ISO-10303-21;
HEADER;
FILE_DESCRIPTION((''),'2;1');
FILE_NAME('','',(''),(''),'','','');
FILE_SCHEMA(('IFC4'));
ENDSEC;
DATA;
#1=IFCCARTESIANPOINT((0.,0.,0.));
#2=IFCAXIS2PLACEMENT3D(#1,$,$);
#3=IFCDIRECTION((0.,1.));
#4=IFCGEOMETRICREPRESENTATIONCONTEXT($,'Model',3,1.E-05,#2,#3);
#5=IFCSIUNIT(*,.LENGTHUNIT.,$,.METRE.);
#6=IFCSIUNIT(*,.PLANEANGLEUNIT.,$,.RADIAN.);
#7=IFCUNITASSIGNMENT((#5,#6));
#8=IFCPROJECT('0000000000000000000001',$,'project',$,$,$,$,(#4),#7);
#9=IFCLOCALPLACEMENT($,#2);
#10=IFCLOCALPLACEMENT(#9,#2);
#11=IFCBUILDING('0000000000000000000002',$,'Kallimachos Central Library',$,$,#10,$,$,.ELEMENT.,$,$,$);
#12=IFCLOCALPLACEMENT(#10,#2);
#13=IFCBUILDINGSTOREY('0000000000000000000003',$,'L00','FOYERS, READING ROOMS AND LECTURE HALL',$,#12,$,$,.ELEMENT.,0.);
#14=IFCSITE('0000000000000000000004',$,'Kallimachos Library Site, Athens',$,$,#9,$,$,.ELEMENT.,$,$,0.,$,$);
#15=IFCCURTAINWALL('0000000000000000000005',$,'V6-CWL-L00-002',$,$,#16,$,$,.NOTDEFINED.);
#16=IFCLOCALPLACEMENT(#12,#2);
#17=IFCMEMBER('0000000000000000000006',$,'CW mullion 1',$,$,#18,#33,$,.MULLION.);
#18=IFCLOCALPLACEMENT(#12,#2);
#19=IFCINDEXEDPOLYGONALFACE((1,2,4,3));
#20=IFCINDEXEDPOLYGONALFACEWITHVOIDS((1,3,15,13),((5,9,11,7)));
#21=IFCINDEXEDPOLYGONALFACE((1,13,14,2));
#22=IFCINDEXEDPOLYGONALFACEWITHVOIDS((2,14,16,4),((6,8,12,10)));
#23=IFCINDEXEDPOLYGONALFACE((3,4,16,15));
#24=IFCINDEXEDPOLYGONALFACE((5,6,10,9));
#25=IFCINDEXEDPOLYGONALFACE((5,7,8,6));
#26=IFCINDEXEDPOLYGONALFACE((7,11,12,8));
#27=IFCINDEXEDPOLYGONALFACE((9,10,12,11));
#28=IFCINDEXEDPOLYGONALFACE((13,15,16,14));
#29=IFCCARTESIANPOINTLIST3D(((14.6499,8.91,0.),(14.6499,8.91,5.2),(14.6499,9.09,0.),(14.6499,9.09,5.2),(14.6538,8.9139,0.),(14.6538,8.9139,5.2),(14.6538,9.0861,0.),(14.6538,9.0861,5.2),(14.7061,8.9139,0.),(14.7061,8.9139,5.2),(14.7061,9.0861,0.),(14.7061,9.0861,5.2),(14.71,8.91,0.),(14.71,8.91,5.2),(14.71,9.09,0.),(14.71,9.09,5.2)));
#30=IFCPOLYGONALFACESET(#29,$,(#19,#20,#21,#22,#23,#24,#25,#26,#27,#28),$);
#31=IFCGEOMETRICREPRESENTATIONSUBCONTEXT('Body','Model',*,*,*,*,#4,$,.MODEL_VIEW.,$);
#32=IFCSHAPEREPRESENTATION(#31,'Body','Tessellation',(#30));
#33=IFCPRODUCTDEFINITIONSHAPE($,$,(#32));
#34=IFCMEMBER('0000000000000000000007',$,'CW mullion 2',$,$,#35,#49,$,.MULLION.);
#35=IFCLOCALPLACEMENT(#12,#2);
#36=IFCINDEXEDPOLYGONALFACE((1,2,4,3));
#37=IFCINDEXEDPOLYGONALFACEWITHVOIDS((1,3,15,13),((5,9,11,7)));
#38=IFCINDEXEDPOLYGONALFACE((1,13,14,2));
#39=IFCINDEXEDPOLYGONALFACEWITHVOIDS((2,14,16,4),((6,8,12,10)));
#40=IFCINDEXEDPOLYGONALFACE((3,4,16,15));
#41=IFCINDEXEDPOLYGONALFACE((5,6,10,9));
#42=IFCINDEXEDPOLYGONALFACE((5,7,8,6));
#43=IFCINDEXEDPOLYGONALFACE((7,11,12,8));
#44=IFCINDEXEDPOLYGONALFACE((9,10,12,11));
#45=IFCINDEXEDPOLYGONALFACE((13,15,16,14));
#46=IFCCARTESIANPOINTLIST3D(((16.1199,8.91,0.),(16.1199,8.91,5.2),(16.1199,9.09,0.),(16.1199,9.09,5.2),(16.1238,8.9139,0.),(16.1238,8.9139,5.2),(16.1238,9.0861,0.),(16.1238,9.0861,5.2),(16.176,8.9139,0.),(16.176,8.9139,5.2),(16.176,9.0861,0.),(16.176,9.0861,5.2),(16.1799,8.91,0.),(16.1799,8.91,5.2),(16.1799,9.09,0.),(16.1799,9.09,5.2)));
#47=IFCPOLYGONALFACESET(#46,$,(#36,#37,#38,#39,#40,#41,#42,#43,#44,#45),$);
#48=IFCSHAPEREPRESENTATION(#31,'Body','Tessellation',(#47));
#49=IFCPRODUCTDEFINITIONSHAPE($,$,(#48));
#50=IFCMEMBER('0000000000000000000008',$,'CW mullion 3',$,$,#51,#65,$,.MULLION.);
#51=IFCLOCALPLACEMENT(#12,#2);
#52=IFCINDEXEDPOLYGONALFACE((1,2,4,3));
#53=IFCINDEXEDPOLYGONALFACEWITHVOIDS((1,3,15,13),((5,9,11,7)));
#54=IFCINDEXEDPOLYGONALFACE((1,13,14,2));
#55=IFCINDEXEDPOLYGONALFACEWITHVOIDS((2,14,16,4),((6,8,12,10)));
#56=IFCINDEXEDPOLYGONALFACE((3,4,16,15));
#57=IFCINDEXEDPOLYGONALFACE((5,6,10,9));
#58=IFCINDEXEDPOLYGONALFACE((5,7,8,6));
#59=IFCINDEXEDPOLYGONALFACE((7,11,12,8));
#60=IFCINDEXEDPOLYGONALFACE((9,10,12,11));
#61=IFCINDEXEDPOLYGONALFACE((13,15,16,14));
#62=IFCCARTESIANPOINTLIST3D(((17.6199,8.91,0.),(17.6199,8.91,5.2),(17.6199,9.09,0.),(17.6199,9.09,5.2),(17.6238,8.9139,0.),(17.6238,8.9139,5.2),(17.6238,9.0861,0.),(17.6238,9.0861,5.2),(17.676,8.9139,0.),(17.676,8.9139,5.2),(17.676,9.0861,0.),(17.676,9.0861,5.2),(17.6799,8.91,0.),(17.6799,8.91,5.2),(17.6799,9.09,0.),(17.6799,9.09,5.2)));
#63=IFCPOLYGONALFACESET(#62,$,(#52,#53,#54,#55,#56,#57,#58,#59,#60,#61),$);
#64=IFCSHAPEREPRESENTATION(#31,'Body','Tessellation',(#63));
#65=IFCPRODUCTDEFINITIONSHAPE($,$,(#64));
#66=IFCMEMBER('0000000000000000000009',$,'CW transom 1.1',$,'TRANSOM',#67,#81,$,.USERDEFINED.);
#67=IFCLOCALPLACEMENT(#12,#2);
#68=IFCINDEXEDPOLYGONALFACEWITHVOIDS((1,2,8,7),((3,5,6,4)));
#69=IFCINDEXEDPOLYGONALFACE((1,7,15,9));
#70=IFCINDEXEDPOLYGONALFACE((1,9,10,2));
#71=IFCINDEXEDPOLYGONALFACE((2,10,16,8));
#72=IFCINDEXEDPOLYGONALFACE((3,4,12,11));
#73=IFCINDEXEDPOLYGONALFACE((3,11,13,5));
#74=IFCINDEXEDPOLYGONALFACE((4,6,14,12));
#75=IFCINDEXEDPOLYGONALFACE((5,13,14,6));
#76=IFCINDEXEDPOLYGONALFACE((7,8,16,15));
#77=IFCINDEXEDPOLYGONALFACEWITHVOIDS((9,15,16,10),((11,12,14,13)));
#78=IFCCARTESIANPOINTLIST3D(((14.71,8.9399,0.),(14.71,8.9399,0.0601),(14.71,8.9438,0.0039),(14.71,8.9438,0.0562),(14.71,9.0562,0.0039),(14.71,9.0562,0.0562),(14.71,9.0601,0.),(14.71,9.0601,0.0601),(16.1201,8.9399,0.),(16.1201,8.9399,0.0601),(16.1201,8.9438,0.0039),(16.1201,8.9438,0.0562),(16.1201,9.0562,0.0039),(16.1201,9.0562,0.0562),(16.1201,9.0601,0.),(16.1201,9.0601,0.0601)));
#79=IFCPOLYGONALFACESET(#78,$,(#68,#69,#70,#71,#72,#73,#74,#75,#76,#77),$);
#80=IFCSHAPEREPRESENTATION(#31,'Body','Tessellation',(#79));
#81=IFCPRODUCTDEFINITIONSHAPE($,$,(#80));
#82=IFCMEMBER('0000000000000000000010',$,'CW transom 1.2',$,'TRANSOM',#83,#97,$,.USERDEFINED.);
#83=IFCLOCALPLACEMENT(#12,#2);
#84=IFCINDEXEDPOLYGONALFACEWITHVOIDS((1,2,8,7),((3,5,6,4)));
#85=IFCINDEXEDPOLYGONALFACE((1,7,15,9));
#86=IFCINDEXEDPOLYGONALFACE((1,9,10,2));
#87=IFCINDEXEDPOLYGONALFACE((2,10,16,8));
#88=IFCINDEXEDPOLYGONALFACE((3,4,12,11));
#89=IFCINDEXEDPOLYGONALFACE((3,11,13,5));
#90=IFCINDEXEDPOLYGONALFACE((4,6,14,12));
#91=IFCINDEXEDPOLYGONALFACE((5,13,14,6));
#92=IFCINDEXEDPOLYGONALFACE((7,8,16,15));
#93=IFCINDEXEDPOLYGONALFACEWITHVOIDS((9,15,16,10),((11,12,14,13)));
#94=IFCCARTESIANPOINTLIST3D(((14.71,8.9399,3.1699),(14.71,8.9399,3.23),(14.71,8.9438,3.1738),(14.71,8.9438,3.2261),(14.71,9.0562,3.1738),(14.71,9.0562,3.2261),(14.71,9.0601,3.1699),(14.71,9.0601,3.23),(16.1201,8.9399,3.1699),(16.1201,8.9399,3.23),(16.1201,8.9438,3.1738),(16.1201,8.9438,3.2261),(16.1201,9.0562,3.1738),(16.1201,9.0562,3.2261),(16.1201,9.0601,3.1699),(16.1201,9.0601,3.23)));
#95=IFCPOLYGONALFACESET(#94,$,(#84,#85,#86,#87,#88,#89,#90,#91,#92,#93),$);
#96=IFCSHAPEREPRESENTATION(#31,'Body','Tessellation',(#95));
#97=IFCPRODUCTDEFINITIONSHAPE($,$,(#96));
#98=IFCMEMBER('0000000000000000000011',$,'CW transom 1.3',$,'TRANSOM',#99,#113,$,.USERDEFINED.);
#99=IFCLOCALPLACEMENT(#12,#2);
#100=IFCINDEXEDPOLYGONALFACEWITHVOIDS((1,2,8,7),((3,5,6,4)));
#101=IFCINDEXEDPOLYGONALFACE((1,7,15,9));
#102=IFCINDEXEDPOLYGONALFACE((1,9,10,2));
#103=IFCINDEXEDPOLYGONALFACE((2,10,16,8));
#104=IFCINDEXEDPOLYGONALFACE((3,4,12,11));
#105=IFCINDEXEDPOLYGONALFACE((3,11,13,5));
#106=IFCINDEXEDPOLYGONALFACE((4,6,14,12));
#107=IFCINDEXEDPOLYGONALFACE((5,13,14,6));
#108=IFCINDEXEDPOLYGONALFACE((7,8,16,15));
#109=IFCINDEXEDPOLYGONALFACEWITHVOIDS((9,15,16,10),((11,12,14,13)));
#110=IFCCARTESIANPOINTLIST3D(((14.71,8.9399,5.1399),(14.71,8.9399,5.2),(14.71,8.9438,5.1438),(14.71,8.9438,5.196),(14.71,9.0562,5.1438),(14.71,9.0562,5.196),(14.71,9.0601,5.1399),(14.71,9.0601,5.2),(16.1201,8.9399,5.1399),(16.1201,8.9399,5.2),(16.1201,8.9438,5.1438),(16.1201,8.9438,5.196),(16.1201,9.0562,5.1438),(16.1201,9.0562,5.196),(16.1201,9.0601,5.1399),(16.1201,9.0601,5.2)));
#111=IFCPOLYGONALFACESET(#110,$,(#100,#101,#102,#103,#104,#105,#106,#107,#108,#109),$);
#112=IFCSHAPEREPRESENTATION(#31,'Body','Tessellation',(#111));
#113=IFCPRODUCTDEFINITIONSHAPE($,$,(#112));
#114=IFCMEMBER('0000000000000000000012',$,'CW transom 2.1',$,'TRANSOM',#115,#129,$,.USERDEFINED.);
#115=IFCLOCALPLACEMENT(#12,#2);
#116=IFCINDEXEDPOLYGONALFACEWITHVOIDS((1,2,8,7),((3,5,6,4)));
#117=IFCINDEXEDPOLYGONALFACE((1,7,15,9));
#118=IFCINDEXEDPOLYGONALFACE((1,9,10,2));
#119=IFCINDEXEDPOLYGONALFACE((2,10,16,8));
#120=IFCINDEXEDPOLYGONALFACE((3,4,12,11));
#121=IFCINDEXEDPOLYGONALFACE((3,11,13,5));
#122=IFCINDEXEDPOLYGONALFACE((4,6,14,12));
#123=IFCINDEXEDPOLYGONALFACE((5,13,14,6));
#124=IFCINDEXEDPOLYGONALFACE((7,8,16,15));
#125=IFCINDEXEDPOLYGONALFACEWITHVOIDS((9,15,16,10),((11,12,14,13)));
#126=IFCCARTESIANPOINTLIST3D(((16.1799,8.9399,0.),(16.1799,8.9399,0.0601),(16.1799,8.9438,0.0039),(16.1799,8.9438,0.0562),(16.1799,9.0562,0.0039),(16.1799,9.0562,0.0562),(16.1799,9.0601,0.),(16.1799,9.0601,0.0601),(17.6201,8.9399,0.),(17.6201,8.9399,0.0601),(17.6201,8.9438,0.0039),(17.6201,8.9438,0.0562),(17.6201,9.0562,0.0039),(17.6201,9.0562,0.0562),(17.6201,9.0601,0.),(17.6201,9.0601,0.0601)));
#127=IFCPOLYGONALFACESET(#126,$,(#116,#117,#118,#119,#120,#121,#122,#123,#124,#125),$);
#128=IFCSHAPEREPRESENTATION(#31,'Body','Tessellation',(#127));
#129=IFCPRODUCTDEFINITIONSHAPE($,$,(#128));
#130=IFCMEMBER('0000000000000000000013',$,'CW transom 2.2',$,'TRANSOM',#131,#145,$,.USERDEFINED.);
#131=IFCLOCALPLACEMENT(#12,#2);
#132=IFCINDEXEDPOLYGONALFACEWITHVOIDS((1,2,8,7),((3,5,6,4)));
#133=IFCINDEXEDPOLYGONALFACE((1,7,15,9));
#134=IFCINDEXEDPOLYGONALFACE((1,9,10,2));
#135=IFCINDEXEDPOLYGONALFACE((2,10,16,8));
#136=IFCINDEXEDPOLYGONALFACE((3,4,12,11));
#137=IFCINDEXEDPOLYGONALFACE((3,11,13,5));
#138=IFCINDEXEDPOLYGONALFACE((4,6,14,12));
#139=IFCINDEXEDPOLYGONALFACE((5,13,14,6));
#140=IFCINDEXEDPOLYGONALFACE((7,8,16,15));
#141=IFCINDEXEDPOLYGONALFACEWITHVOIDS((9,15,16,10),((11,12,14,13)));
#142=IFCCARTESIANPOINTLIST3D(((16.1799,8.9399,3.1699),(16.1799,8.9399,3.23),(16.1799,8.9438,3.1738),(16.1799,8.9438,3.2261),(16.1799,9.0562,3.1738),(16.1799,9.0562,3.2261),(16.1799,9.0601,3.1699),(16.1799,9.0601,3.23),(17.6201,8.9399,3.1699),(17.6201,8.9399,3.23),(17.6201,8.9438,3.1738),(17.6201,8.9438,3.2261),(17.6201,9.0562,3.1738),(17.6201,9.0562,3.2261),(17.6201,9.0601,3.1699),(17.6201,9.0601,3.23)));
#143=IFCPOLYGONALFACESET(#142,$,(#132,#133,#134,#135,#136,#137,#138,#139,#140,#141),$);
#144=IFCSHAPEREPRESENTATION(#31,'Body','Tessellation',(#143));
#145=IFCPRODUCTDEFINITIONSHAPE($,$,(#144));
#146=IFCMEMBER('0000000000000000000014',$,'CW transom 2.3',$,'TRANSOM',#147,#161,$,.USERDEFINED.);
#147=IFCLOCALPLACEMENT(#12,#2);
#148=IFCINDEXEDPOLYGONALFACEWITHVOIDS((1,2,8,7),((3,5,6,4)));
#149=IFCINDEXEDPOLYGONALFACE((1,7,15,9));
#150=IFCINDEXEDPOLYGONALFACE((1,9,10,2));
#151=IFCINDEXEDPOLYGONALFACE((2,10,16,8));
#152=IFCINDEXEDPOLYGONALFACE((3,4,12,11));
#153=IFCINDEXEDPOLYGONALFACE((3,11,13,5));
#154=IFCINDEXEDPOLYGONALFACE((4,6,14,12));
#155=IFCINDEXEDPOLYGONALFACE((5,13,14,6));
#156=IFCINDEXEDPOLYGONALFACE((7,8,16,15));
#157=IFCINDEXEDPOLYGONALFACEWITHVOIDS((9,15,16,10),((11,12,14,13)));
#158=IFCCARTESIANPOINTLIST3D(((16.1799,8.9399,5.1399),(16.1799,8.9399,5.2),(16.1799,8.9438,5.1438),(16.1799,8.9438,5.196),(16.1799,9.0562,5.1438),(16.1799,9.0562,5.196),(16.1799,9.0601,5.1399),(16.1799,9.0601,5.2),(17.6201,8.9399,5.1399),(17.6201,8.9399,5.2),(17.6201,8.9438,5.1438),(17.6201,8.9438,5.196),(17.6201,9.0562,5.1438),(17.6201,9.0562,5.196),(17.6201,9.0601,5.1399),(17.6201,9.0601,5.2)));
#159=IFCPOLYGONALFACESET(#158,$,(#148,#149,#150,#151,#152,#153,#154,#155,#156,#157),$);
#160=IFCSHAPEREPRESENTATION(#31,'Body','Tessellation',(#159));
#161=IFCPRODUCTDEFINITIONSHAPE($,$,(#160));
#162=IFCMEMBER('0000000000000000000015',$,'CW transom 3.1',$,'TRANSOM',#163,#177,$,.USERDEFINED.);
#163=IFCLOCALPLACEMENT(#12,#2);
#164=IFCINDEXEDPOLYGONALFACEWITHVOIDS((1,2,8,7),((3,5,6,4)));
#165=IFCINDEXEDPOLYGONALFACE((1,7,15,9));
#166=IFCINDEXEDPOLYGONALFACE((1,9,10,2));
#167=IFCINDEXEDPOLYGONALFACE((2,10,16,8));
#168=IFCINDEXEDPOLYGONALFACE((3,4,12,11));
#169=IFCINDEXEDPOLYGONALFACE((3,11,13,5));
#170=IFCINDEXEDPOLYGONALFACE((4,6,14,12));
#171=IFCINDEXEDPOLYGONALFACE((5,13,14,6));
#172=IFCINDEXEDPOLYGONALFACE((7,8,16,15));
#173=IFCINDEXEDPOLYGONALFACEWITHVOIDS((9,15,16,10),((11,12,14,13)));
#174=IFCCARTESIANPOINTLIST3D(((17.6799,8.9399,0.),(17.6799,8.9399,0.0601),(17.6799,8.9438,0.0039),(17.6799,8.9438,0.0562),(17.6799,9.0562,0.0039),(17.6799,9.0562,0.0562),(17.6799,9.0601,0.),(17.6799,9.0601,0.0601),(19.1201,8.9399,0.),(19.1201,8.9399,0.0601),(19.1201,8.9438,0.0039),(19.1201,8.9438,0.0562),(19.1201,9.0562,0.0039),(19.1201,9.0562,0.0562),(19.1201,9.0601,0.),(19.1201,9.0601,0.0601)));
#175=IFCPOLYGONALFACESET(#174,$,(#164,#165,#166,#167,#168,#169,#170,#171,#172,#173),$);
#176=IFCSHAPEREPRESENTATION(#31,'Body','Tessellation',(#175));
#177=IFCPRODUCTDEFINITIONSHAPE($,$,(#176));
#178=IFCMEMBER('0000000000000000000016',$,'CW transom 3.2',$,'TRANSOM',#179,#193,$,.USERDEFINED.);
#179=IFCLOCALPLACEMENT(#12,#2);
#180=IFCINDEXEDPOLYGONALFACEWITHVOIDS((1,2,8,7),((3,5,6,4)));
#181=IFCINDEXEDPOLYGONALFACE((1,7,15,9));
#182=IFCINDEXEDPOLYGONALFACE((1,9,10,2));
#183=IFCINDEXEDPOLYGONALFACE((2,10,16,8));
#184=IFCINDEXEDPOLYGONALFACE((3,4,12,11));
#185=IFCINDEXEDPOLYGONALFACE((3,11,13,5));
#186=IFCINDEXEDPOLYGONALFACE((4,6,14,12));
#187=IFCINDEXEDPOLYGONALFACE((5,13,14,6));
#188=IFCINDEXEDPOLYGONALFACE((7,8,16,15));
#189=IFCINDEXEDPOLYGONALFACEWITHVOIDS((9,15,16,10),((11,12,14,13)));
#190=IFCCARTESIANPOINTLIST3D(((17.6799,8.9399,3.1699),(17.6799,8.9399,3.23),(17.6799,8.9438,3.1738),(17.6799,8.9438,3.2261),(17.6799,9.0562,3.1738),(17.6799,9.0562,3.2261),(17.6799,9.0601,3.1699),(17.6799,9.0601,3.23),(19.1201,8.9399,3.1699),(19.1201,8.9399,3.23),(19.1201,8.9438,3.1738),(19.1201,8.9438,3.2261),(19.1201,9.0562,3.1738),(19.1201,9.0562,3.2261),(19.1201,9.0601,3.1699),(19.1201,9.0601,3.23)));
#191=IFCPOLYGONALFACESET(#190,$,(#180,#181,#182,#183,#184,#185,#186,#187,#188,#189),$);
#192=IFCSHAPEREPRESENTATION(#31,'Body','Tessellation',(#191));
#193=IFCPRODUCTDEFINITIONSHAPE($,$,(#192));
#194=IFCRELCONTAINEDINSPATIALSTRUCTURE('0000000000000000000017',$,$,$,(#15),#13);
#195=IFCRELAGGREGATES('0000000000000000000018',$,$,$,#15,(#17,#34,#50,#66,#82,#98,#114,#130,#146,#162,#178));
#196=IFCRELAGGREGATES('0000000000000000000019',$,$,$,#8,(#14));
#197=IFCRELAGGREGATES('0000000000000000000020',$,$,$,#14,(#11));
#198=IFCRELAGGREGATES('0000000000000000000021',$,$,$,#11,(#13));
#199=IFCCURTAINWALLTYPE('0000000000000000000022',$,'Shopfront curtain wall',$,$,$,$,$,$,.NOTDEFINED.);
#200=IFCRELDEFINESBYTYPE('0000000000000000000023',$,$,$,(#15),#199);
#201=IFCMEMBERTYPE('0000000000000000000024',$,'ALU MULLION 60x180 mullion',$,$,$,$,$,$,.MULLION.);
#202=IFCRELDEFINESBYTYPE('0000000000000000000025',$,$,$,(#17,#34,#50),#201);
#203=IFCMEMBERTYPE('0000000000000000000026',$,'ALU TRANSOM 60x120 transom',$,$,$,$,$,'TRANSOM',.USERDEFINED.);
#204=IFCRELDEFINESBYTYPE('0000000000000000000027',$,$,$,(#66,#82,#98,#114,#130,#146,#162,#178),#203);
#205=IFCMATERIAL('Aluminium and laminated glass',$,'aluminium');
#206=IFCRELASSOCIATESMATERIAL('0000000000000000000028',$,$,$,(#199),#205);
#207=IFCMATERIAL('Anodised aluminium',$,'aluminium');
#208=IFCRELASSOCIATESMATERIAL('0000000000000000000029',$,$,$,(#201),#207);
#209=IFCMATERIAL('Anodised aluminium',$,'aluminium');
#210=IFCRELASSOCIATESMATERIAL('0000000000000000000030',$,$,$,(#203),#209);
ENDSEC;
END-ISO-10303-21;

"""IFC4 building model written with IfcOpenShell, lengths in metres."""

from ifc_helpers import new_model, si_unit, direction, frame, origin, origin_2d, place, context, subcontext, project, spatial, hollow_rectangle, extrude, material, material_profile, profile_set, type_object, element, aggregate, save


model = new_model("IFC4")

# Units and contexts
model_context = context("Model", 3, precision=1e-05, world=origin(), true_north=direction((0.0, 1.0)))
body_context = subcontext(model_context, "Body", "Model", "MODEL_VIEW")
ifc_project = project(units=[si_unit("LENGTHUNIT", "METRE"), si_unit("PLANEANGLEUNIT", "RADIAN")], contexts=[model_context])

# Site, building, storey
site_placement = place(None, origin())
site = spatial("IfcSite", under=ifc_project, at=site_placement, Name="Kallimachos Library Site, Athens", CompositionType="ELEMENT", RefElevation=0.0)
building_placement = place(site_placement, origin())
building = spatial("IfcBuilding", under=site, at=building_placement, Name="Kallimachos Central Library", CompositionType="ELEMENT")
storey_placement = place(building_placement, origin())
storey = spatial("IfcBuildingStorey", under=building, at=storey_placement, Name="L00", Description="FOYERS, READING ROOMS AND LECTURE HALL", CompositionType="ELEMENT", Elevation=0.0)

# Curtain wall, members
ifc_material_1 = material(Name="Aluminium and laminated glass", Category="aluminium")
curtain_wall_type = type_object("IfcCurtainWallType", Name="Shopfront curtain wall", PredefinedType="NOTDEFINED", material=ifc_material_1)
curtain_wall_placement = place(storey_placement, origin())
curtain_wall = element("IfcCurtainWall", 1, at=curtain_wall_placement, inside=storey, type_object=curtain_wall_type, Name="V6-CWL-L00-002", PredefinedType="NOTDEFINED")
ifc_material_2 = material(Name="Anodised aluminium", Category="aluminium")
ifc_material_profile_1 = material_profile(ifc_material_2, hollow_rectangle(XDim=0.0601, YDim=0.1799, WallThickness=0.0039, at=origin_2d()), Name="ALU MULLION 60x180")
ifc_profile_set_1 = profile_set([ifc_material_profile_1], Name="Anodised aluminium")
member_type_1 = type_object("IfcMemberType", Name="ALU MULLION 60x180 mullion", PredefinedType="MULLION", material=ifc_profile_set_1)
member_1_placement = place(storey_placement, frame((14.6799, 9.0, 0.0), z_axis=(0.0, 0.0, 1.0), x_axis=(1.0, 0.0, 0.0)))
member_1 = element("IfcMember", 2, at=member_1_placement, type_object=member_type_1, Name="CW mullion 1", PredefinedType="MULLION", context=body_context, shape_type="SweptSolid", body=[
    extrude(hollow_rectangle(XDim=0.0601, YDim=0.1799, WallThickness=0.0039, at=origin_2d()), origin(), (0.0, 0.0, 1.0), 5.2),
])
member_2_placement = place(storey_placement, frame((16.1499, 9.0, 0.0), z_axis=(0.0, 0.0, 1.0), x_axis=(1.0, 0.0, 0.0)))
member_2 = element("IfcMember", 3, at=member_2_placement, type_object=member_type_1, Name="CW mullion 2", PredefinedType="MULLION", context=body_context, shape_type="SweptSolid", body=[
    extrude(hollow_rectangle(XDim=0.0601, YDim=0.1799, WallThickness=0.0039, at=origin_2d()), origin(), (0.0, 0.0, 1.0), 5.2),
])
member_3_placement = place(storey_placement, frame((17.6499, 9.0, 0.0), z_axis=(0.0, 0.0, 1.0), x_axis=(1.0, 0.0, 0.0)))
member_3 = element("IfcMember", 4, at=member_3_placement, type_object=member_type_1, Name="CW mullion 3", PredefinedType="MULLION", context=body_context, shape_type="SweptSolid", body=[
    extrude(hollow_rectangle(XDim=0.0601, YDim=0.1799, WallThickness=0.0039, at=origin_2d()), origin(), (0.0, 0.0, 1.0), 5.2),
])
ifc_material_3 = material(Name="Anodised aluminium", Category="aluminium")
ifc_material_profile_2 = material_profile(ifc_material_3, hollow_rectangle(XDim=0.0601, YDim=0.1201, WallThickness=0.0039, at=origin_2d()), Name="ALU TRANSOM 60x120")
ifc_profile_set_2 = profile_set([ifc_material_profile_2], Name="Anodised aluminium")
member_type_2 = type_object("IfcMemberType", Name="ALU TRANSOM 60x120 transom", ElementType="TRANSOM", PredefinedType="USERDEFINED", material=ifc_profile_set_2)
member_4_placement = place(storey_placement, frame((14.71, 9.0, 0.03), z_axis=(1.0, 0.0, 0.0), x_axis=(0.0, 0.0, 1.0)))
member_4 = element("IfcMember", 5, at=member_4_placement, type_object=member_type_2, Name="CW transom 1.1", ObjectType="TRANSOM", PredefinedType="USERDEFINED", context=body_context, shape_type="SweptSolid", body=[
    extrude(hollow_rectangle(XDim=0.0601, YDim=0.1201, WallThickness=0.0039, at=origin_2d()), origin(), (0.0, 0.0, 1.0), 1.4102),
])
member_5_placement = place(storey_placement, frame((14.71, 9.0, 3.2), z_axis=(1.0, 0.0, 0.0), x_axis=(0.0, 0.0, 1.0)))
member_5 = element("IfcMember", 6, at=member_5_placement, type_object=member_type_2, Name="CW transom 1.2", ObjectType="TRANSOM", PredefinedType="USERDEFINED", context=body_context, shape_type="SweptSolid", body=[
    extrude(hollow_rectangle(XDim=0.0601, YDim=0.1201, WallThickness=0.0039, at=origin_2d()), origin(), (0.0, 0.0, 1.0), 1.4102),
])
member_6_placement = place(storey_placement, frame((14.71, 9.0, 5.1699), z_axis=(1.0, 0.0, 0.0), x_axis=(0.0, 0.0, 1.0)))
member_6 = element("IfcMember", 7, at=member_6_placement, type_object=member_type_2, Name="CW transom 1.3", ObjectType="TRANSOM", PredefinedType="USERDEFINED", context=body_context, shape_type="SweptSolid", body=[
    extrude(hollow_rectangle(XDim=0.0601, YDim=0.1201, WallThickness=0.0039, at=origin_2d()), origin(), (0.0, 0.0, 1.0), 1.4102),
])
member_7_placement = place(storey_placement, frame((16.1799, 9.0, 0.03), z_axis=(1.0, 0.0, 0.0), x_axis=(0.0, 0.0, 1.0)))
member_7 = element("IfcMember", 8, at=member_7_placement, type_object=member_type_2, Name="CW transom 2.1", ObjectType="TRANSOM", PredefinedType="USERDEFINED", context=body_context, shape_type="SweptSolid", body=[
    extrude(hollow_rectangle(XDim=0.0601, YDim=0.1201, WallThickness=0.0039, at=origin_2d()), origin(), (0.0, 0.0, 1.0), 1.4402),
])
member_8_placement = place(storey_placement, frame((16.1799, 9.0, 3.2), z_axis=(1.0, 0.0, 0.0), x_axis=(0.0, 0.0, 1.0)))
member_8 = element("IfcMember", 9, at=member_8_placement, type_object=member_type_2, Name="CW transom 2.2", ObjectType="TRANSOM", PredefinedType="USERDEFINED", context=body_context, shape_type="SweptSolid", body=[
    extrude(hollow_rectangle(XDim=0.0601, YDim=0.1201, WallThickness=0.0039, at=origin_2d()), origin(), (0.0, 0.0, 1.0), 1.4402),
])
member_9_placement = place(storey_placement, frame((16.1799, 9.0, 5.1699), z_axis=(1.0, 0.0, 0.0), x_axis=(0.0, 0.0, 1.0)))
member_9 = element("IfcMember", 10, at=member_9_placement, type_object=member_type_2, Name="CW transom 2.3", ObjectType="TRANSOM", PredefinedType="USERDEFINED", context=body_context, shape_type="SweptSolid", body=[
    extrude(hollow_rectangle(XDim=0.0601, YDim=0.1201, WallThickness=0.0039, at=origin_2d()), origin(), (0.0, 0.0, 1.0), 1.4402),
])
member_10_placement = place(storey_placement, frame((17.6799, 9.0, 0.03), z_axis=(1.0, 0.0, 0.0), x_axis=(0.0, 0.0, 1.0)))
member_10 = element("IfcMember", 11, at=member_10_placement, type_object=member_type_2, Name="CW transom 3.1", ObjectType="TRANSOM", PredefinedType="USERDEFINED", context=body_context, shape_type="SweptSolid", body=[
    extrude(hollow_rectangle(XDim=0.0601, YDim=0.1201, WallThickness=0.0039, at=origin_2d()), origin(), (0.0, 0.0, 1.0), 1.4402),
])
member_11_placement = place(storey_placement, frame((17.6799, 9.0, 3.2), z_axis=(1.0, 0.0, 0.0), x_axis=(0.0, 0.0, 1.0)))
member_11 = element("IfcMember", 12, at=member_11_placement, type_object=member_type_2, Name="CW transom 3.2", ObjectType="TRANSOM", PredefinedType="USERDEFINED", context=body_context, shape_type="SweptSolid", body=[
    extrude(hollow_rectangle(XDim=0.0601, YDim=0.1201, WallThickness=0.0039, at=origin_2d()), origin(), (0.0, 0.0, 1.0), 1.4402),
])

aggregate(curtain_wall, [member_1, member_2, member_3, member_4, member_5, member_6, member_7, member_8, member_9, member_10, member_11])

save(model, "model.ifc")
